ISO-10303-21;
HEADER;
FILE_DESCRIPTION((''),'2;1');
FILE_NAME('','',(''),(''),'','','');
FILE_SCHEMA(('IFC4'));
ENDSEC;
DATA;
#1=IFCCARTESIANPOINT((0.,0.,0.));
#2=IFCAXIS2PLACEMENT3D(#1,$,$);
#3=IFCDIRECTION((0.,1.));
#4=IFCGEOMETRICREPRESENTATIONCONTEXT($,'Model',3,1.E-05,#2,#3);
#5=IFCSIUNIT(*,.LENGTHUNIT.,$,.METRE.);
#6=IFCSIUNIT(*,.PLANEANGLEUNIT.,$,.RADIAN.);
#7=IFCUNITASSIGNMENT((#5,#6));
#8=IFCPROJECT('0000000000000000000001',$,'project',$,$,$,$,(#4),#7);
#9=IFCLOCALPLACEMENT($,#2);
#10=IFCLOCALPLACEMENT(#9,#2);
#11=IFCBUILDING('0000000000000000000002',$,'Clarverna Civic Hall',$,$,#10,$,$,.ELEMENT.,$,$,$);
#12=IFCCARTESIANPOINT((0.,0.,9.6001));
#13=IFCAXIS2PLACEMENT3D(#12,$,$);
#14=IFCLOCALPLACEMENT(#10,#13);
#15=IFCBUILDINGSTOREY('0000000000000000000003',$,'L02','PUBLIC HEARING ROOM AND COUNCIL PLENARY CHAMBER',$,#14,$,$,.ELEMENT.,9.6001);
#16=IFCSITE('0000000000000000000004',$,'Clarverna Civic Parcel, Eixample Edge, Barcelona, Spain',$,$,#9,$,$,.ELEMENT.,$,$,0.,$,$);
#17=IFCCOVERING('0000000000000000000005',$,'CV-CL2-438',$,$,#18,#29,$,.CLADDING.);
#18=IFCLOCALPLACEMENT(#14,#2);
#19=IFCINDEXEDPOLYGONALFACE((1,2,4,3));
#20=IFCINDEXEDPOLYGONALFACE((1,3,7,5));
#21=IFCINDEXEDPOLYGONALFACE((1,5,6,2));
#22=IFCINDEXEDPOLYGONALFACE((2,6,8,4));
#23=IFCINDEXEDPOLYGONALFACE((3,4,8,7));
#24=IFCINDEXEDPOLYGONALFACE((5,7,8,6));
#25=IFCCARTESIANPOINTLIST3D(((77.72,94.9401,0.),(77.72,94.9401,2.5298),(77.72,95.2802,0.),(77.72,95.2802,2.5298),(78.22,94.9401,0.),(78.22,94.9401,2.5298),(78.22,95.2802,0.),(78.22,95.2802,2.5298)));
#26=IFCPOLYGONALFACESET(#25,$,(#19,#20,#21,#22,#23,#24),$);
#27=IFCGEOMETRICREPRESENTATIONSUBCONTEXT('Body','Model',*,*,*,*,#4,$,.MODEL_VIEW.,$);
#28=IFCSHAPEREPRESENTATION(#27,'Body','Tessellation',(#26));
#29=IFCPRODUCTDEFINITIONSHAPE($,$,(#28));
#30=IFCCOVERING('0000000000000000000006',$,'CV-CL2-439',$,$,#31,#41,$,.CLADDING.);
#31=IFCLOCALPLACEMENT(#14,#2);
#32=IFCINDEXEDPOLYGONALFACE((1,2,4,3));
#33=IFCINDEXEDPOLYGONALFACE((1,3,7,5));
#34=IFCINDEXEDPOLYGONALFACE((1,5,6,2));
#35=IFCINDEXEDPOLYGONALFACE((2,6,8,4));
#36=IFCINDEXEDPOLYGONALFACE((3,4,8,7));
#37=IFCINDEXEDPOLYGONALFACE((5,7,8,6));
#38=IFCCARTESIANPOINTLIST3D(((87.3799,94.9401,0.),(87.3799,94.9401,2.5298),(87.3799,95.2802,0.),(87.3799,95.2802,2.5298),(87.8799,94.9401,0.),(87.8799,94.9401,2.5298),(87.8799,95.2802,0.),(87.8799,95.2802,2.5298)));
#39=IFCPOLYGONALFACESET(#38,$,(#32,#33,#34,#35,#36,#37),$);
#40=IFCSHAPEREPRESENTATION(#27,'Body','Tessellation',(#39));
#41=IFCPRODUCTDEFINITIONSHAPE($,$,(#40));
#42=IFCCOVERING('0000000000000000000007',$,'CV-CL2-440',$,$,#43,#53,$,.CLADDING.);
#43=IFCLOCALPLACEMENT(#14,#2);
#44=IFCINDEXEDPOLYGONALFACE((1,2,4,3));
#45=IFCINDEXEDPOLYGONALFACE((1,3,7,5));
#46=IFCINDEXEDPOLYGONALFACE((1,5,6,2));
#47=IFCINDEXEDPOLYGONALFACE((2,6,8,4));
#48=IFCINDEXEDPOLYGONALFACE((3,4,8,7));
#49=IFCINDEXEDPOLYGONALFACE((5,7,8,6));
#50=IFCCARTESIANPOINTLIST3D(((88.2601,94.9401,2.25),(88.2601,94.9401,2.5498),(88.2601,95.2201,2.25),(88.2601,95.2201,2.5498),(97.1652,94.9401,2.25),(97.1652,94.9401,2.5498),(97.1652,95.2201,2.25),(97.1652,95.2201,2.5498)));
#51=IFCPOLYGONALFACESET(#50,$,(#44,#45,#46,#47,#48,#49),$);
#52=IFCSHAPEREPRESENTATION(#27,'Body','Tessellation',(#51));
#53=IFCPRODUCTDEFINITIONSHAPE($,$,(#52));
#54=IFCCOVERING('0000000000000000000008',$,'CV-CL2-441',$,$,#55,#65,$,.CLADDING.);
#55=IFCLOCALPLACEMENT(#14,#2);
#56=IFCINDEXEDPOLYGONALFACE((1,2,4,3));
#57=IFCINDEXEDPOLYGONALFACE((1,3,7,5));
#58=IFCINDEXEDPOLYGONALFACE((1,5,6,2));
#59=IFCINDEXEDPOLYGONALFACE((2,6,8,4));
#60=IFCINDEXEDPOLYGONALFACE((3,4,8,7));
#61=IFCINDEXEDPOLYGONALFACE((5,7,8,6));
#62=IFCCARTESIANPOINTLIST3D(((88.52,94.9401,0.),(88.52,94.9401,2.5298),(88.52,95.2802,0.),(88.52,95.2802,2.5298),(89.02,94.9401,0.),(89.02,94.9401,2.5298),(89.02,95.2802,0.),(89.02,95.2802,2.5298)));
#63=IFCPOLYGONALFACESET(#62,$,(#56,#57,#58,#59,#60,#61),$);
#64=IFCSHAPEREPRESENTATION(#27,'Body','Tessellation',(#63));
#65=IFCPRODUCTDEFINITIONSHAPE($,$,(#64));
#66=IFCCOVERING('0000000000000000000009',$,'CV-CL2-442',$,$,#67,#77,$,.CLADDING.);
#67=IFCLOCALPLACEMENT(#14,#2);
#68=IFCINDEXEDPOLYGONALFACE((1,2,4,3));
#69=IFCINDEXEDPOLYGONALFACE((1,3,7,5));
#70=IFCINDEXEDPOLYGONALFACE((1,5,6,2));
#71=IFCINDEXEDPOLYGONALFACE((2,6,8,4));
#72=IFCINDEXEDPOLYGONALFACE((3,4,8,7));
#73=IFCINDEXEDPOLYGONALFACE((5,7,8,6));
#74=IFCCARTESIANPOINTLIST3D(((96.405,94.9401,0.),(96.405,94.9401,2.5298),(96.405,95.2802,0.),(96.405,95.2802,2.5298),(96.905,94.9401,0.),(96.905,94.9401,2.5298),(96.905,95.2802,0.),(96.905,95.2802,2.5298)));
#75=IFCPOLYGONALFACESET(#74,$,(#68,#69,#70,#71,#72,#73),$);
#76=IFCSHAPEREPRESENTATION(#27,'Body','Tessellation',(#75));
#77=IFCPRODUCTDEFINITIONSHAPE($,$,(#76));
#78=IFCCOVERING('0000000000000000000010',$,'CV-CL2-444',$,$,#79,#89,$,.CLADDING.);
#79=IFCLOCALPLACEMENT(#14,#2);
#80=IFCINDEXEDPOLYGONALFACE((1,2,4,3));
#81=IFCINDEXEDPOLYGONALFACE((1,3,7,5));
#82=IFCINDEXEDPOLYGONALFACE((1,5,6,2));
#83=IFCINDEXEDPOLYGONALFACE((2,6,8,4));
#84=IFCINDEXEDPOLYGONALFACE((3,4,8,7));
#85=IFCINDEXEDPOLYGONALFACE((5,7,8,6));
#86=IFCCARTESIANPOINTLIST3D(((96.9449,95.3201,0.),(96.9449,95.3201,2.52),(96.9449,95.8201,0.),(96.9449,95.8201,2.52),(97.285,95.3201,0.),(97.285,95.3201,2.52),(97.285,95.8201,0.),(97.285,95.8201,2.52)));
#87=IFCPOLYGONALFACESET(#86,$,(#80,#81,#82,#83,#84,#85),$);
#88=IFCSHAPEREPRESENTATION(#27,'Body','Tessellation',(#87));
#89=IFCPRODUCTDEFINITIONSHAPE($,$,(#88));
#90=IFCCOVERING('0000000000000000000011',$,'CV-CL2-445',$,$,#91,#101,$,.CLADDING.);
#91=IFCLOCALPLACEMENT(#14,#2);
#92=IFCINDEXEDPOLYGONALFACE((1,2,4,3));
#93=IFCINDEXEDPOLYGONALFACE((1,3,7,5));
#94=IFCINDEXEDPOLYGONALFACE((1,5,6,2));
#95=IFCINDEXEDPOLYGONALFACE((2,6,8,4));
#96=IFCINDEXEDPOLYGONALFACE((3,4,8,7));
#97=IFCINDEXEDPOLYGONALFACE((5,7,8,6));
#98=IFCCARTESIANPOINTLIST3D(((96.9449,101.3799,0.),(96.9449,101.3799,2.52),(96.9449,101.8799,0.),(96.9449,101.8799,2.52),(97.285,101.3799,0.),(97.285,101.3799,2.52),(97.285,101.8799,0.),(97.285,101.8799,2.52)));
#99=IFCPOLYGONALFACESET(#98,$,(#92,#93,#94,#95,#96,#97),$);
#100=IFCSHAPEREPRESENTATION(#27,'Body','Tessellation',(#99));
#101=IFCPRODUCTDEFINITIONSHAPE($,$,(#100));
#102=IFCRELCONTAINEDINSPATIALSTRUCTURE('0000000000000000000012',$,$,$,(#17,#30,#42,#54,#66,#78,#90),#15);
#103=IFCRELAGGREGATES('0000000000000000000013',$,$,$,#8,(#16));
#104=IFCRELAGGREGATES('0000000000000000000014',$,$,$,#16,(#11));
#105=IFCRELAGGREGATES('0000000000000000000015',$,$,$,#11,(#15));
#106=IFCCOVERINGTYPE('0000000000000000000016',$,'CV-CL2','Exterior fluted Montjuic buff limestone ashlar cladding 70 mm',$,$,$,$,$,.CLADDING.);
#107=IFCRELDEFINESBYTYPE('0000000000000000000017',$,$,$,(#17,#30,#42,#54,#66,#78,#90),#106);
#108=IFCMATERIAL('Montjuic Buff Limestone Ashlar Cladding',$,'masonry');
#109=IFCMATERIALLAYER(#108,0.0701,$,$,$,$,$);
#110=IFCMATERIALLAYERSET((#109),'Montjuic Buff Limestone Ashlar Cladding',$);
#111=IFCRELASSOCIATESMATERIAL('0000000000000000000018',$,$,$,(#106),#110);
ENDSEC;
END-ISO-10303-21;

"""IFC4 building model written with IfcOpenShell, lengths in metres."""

from ifc_helpers import new_model, si_unit, direction, frame, frame_2d, origin, place, context, subcontext, project, spatial, rectangle, extrude, material, layer, layer_set, type_object, element, save


model = new_model("IFC4")

# Units and contexts
model_context = context("Model", 3, precision=1e-05, world=origin(), true_north=direction((0.0, 1.0)))
body_context = subcontext(model_context, "Body", "Model", "MODEL_VIEW")
ifc_project = project(units=[si_unit("LENGTHUNIT", "METRE"), si_unit("PLANEANGLEUNIT", "RADIAN")], contexts=[model_context])

# Site, building, storey
site_placement = place(None, origin())
site = spatial("IfcSite", under=ifc_project, at=site_placement, Name="Clarverna Civic Parcel, Eixample Edge, Barcelona, Spain", CompositionType="ELEMENT", RefElevation=0.0)
building_placement = place(site_placement, origin())
building = spatial("IfcBuilding", under=site, at=building_placement, Name="Clarverna Civic Hall", CompositionType="ELEMENT")
storey_placement = place(building_placement, frame((0.0, 0.0, 9.6001)))
storey = spatial("IfcBuildingStorey", under=building, at=storey_placement, Name="L02", Description="PUBLIC HEARING ROOM AND COUNCIL PLENARY CHAMBER", CompositionType="ELEMENT", Elevation=9.6001)

# Coverings
ifc_material_1 = material(Name="Montjuic Buff Limestone Ashlar Cladding", Category="masonry")
ifc_layer_1 = layer(ifc_material_1, 0.0701)
ifc_layer_set_1 = layer_set([ifc_layer_1], Name="Montjuic Buff Limestone Ashlar Cladding")
covering_type = type_object("IfcCoveringType", Name="CV-CL2", Description="Exterior fluted Montjuic buff limestone ashlar cladding 70 mm", PredefinedType="CLADDING", material=ifc_layer_set_1)
for number, where, z_axis, x_axis, name in (
    (1, (77.72, 95.1101, 0.0), (0.0, 0.0, 1.0), (1.0, 0.0, 0.0), "CV-CL2-438"),
    (2, (87.3799, 95.1101, 0.0), (0.0, 0.0, 1.0), (1.0, 0.0, 0.0), "CV-CL2-439"),
):
    element("IfcCovering", number, at=place(storey_placement, frame(where, z_axis=z_axis, x_axis=x_axis)), inside=storey, type_object=covering_type, Name=name, PredefinedType="CLADDING", context=body_context, shape_type="SweptSolid", body=[
        extrude(rectangle(XDim=0.5, YDim=0.3401, at=frame_2d((0.25, 0.0))), origin(), (0.0, 0.0, 1.0), 2.5298),
    ])
covering_1_placement = place(storey_placement, frame((88.26, 95.0801, 2.25), z_axis=(0.0, 0.0, 1.0), x_axis=(1.0, 0.0, 0.0)))
element("IfcCovering", 3, at=covering_1_placement, inside=storey, type_object=covering_type, Name="CV-CL2-440", PredefinedType="CLADDING", context=body_context, shape_type="SweptSolid", body=[
    extrude(rectangle(XDim=8.905, YDim=0.28, at=frame_2d((4.4526, 0.0))), origin(), (0.0, 0.0, 1.0), 0.2998),
])
for number, where, z_axis, x_axis, name in (
    (4, (88.52, 95.1101, 0.0), (0.0, 0.0, 1.0), (1.0, 0.0, 0.0), "CV-CL2-441"),
    (5, (96.405, 95.1101, 0.0), (0.0, 0.0, 1.0), (1.0, 0.0, 0.0), "CV-CL2-442"),
):
    element("IfcCovering", number, at=place(storey_placement, frame(where, z_axis=z_axis, x_axis=x_axis)), inside=storey, type_object=covering_type, Name=name, PredefinedType="CLADDING", context=body_context, shape_type="SweptSolid", body=[
        extrude(rectangle(XDim=0.5, YDim=0.3401, at=frame_2d((0.25, 0.0))), origin(), (0.0, 0.0, 1.0), 2.5298),
    ])
for number, where, z_axis, x_axis, name in (
    (6, (97.115, 95.3201, 0.0), (0.0, 0.0, 1.0), (0.0, 1.0, 0.0), "CV-CL2-444"),
    (7, (97.115, 101.3799, 0.0), (0.0, 0.0, 1.0), (0.0, 1.0, 0.0), "CV-CL2-445"),
):
    element("IfcCovering", number, at=place(storey_placement, frame(where, z_axis=z_axis, x_axis=x_axis)), inside=storey, type_object=covering_type, Name=name, PredefinedType="CLADDING", context=body_context, shape_type="SweptSolid", body=[
        extrude(rectangle(XDim=0.5, YDim=0.3401, at=frame_2d((0.25, 0.0))), origin(), (0.0, 0.0, 1.0), 2.52),
    ])

save(model, "model.ifc")
